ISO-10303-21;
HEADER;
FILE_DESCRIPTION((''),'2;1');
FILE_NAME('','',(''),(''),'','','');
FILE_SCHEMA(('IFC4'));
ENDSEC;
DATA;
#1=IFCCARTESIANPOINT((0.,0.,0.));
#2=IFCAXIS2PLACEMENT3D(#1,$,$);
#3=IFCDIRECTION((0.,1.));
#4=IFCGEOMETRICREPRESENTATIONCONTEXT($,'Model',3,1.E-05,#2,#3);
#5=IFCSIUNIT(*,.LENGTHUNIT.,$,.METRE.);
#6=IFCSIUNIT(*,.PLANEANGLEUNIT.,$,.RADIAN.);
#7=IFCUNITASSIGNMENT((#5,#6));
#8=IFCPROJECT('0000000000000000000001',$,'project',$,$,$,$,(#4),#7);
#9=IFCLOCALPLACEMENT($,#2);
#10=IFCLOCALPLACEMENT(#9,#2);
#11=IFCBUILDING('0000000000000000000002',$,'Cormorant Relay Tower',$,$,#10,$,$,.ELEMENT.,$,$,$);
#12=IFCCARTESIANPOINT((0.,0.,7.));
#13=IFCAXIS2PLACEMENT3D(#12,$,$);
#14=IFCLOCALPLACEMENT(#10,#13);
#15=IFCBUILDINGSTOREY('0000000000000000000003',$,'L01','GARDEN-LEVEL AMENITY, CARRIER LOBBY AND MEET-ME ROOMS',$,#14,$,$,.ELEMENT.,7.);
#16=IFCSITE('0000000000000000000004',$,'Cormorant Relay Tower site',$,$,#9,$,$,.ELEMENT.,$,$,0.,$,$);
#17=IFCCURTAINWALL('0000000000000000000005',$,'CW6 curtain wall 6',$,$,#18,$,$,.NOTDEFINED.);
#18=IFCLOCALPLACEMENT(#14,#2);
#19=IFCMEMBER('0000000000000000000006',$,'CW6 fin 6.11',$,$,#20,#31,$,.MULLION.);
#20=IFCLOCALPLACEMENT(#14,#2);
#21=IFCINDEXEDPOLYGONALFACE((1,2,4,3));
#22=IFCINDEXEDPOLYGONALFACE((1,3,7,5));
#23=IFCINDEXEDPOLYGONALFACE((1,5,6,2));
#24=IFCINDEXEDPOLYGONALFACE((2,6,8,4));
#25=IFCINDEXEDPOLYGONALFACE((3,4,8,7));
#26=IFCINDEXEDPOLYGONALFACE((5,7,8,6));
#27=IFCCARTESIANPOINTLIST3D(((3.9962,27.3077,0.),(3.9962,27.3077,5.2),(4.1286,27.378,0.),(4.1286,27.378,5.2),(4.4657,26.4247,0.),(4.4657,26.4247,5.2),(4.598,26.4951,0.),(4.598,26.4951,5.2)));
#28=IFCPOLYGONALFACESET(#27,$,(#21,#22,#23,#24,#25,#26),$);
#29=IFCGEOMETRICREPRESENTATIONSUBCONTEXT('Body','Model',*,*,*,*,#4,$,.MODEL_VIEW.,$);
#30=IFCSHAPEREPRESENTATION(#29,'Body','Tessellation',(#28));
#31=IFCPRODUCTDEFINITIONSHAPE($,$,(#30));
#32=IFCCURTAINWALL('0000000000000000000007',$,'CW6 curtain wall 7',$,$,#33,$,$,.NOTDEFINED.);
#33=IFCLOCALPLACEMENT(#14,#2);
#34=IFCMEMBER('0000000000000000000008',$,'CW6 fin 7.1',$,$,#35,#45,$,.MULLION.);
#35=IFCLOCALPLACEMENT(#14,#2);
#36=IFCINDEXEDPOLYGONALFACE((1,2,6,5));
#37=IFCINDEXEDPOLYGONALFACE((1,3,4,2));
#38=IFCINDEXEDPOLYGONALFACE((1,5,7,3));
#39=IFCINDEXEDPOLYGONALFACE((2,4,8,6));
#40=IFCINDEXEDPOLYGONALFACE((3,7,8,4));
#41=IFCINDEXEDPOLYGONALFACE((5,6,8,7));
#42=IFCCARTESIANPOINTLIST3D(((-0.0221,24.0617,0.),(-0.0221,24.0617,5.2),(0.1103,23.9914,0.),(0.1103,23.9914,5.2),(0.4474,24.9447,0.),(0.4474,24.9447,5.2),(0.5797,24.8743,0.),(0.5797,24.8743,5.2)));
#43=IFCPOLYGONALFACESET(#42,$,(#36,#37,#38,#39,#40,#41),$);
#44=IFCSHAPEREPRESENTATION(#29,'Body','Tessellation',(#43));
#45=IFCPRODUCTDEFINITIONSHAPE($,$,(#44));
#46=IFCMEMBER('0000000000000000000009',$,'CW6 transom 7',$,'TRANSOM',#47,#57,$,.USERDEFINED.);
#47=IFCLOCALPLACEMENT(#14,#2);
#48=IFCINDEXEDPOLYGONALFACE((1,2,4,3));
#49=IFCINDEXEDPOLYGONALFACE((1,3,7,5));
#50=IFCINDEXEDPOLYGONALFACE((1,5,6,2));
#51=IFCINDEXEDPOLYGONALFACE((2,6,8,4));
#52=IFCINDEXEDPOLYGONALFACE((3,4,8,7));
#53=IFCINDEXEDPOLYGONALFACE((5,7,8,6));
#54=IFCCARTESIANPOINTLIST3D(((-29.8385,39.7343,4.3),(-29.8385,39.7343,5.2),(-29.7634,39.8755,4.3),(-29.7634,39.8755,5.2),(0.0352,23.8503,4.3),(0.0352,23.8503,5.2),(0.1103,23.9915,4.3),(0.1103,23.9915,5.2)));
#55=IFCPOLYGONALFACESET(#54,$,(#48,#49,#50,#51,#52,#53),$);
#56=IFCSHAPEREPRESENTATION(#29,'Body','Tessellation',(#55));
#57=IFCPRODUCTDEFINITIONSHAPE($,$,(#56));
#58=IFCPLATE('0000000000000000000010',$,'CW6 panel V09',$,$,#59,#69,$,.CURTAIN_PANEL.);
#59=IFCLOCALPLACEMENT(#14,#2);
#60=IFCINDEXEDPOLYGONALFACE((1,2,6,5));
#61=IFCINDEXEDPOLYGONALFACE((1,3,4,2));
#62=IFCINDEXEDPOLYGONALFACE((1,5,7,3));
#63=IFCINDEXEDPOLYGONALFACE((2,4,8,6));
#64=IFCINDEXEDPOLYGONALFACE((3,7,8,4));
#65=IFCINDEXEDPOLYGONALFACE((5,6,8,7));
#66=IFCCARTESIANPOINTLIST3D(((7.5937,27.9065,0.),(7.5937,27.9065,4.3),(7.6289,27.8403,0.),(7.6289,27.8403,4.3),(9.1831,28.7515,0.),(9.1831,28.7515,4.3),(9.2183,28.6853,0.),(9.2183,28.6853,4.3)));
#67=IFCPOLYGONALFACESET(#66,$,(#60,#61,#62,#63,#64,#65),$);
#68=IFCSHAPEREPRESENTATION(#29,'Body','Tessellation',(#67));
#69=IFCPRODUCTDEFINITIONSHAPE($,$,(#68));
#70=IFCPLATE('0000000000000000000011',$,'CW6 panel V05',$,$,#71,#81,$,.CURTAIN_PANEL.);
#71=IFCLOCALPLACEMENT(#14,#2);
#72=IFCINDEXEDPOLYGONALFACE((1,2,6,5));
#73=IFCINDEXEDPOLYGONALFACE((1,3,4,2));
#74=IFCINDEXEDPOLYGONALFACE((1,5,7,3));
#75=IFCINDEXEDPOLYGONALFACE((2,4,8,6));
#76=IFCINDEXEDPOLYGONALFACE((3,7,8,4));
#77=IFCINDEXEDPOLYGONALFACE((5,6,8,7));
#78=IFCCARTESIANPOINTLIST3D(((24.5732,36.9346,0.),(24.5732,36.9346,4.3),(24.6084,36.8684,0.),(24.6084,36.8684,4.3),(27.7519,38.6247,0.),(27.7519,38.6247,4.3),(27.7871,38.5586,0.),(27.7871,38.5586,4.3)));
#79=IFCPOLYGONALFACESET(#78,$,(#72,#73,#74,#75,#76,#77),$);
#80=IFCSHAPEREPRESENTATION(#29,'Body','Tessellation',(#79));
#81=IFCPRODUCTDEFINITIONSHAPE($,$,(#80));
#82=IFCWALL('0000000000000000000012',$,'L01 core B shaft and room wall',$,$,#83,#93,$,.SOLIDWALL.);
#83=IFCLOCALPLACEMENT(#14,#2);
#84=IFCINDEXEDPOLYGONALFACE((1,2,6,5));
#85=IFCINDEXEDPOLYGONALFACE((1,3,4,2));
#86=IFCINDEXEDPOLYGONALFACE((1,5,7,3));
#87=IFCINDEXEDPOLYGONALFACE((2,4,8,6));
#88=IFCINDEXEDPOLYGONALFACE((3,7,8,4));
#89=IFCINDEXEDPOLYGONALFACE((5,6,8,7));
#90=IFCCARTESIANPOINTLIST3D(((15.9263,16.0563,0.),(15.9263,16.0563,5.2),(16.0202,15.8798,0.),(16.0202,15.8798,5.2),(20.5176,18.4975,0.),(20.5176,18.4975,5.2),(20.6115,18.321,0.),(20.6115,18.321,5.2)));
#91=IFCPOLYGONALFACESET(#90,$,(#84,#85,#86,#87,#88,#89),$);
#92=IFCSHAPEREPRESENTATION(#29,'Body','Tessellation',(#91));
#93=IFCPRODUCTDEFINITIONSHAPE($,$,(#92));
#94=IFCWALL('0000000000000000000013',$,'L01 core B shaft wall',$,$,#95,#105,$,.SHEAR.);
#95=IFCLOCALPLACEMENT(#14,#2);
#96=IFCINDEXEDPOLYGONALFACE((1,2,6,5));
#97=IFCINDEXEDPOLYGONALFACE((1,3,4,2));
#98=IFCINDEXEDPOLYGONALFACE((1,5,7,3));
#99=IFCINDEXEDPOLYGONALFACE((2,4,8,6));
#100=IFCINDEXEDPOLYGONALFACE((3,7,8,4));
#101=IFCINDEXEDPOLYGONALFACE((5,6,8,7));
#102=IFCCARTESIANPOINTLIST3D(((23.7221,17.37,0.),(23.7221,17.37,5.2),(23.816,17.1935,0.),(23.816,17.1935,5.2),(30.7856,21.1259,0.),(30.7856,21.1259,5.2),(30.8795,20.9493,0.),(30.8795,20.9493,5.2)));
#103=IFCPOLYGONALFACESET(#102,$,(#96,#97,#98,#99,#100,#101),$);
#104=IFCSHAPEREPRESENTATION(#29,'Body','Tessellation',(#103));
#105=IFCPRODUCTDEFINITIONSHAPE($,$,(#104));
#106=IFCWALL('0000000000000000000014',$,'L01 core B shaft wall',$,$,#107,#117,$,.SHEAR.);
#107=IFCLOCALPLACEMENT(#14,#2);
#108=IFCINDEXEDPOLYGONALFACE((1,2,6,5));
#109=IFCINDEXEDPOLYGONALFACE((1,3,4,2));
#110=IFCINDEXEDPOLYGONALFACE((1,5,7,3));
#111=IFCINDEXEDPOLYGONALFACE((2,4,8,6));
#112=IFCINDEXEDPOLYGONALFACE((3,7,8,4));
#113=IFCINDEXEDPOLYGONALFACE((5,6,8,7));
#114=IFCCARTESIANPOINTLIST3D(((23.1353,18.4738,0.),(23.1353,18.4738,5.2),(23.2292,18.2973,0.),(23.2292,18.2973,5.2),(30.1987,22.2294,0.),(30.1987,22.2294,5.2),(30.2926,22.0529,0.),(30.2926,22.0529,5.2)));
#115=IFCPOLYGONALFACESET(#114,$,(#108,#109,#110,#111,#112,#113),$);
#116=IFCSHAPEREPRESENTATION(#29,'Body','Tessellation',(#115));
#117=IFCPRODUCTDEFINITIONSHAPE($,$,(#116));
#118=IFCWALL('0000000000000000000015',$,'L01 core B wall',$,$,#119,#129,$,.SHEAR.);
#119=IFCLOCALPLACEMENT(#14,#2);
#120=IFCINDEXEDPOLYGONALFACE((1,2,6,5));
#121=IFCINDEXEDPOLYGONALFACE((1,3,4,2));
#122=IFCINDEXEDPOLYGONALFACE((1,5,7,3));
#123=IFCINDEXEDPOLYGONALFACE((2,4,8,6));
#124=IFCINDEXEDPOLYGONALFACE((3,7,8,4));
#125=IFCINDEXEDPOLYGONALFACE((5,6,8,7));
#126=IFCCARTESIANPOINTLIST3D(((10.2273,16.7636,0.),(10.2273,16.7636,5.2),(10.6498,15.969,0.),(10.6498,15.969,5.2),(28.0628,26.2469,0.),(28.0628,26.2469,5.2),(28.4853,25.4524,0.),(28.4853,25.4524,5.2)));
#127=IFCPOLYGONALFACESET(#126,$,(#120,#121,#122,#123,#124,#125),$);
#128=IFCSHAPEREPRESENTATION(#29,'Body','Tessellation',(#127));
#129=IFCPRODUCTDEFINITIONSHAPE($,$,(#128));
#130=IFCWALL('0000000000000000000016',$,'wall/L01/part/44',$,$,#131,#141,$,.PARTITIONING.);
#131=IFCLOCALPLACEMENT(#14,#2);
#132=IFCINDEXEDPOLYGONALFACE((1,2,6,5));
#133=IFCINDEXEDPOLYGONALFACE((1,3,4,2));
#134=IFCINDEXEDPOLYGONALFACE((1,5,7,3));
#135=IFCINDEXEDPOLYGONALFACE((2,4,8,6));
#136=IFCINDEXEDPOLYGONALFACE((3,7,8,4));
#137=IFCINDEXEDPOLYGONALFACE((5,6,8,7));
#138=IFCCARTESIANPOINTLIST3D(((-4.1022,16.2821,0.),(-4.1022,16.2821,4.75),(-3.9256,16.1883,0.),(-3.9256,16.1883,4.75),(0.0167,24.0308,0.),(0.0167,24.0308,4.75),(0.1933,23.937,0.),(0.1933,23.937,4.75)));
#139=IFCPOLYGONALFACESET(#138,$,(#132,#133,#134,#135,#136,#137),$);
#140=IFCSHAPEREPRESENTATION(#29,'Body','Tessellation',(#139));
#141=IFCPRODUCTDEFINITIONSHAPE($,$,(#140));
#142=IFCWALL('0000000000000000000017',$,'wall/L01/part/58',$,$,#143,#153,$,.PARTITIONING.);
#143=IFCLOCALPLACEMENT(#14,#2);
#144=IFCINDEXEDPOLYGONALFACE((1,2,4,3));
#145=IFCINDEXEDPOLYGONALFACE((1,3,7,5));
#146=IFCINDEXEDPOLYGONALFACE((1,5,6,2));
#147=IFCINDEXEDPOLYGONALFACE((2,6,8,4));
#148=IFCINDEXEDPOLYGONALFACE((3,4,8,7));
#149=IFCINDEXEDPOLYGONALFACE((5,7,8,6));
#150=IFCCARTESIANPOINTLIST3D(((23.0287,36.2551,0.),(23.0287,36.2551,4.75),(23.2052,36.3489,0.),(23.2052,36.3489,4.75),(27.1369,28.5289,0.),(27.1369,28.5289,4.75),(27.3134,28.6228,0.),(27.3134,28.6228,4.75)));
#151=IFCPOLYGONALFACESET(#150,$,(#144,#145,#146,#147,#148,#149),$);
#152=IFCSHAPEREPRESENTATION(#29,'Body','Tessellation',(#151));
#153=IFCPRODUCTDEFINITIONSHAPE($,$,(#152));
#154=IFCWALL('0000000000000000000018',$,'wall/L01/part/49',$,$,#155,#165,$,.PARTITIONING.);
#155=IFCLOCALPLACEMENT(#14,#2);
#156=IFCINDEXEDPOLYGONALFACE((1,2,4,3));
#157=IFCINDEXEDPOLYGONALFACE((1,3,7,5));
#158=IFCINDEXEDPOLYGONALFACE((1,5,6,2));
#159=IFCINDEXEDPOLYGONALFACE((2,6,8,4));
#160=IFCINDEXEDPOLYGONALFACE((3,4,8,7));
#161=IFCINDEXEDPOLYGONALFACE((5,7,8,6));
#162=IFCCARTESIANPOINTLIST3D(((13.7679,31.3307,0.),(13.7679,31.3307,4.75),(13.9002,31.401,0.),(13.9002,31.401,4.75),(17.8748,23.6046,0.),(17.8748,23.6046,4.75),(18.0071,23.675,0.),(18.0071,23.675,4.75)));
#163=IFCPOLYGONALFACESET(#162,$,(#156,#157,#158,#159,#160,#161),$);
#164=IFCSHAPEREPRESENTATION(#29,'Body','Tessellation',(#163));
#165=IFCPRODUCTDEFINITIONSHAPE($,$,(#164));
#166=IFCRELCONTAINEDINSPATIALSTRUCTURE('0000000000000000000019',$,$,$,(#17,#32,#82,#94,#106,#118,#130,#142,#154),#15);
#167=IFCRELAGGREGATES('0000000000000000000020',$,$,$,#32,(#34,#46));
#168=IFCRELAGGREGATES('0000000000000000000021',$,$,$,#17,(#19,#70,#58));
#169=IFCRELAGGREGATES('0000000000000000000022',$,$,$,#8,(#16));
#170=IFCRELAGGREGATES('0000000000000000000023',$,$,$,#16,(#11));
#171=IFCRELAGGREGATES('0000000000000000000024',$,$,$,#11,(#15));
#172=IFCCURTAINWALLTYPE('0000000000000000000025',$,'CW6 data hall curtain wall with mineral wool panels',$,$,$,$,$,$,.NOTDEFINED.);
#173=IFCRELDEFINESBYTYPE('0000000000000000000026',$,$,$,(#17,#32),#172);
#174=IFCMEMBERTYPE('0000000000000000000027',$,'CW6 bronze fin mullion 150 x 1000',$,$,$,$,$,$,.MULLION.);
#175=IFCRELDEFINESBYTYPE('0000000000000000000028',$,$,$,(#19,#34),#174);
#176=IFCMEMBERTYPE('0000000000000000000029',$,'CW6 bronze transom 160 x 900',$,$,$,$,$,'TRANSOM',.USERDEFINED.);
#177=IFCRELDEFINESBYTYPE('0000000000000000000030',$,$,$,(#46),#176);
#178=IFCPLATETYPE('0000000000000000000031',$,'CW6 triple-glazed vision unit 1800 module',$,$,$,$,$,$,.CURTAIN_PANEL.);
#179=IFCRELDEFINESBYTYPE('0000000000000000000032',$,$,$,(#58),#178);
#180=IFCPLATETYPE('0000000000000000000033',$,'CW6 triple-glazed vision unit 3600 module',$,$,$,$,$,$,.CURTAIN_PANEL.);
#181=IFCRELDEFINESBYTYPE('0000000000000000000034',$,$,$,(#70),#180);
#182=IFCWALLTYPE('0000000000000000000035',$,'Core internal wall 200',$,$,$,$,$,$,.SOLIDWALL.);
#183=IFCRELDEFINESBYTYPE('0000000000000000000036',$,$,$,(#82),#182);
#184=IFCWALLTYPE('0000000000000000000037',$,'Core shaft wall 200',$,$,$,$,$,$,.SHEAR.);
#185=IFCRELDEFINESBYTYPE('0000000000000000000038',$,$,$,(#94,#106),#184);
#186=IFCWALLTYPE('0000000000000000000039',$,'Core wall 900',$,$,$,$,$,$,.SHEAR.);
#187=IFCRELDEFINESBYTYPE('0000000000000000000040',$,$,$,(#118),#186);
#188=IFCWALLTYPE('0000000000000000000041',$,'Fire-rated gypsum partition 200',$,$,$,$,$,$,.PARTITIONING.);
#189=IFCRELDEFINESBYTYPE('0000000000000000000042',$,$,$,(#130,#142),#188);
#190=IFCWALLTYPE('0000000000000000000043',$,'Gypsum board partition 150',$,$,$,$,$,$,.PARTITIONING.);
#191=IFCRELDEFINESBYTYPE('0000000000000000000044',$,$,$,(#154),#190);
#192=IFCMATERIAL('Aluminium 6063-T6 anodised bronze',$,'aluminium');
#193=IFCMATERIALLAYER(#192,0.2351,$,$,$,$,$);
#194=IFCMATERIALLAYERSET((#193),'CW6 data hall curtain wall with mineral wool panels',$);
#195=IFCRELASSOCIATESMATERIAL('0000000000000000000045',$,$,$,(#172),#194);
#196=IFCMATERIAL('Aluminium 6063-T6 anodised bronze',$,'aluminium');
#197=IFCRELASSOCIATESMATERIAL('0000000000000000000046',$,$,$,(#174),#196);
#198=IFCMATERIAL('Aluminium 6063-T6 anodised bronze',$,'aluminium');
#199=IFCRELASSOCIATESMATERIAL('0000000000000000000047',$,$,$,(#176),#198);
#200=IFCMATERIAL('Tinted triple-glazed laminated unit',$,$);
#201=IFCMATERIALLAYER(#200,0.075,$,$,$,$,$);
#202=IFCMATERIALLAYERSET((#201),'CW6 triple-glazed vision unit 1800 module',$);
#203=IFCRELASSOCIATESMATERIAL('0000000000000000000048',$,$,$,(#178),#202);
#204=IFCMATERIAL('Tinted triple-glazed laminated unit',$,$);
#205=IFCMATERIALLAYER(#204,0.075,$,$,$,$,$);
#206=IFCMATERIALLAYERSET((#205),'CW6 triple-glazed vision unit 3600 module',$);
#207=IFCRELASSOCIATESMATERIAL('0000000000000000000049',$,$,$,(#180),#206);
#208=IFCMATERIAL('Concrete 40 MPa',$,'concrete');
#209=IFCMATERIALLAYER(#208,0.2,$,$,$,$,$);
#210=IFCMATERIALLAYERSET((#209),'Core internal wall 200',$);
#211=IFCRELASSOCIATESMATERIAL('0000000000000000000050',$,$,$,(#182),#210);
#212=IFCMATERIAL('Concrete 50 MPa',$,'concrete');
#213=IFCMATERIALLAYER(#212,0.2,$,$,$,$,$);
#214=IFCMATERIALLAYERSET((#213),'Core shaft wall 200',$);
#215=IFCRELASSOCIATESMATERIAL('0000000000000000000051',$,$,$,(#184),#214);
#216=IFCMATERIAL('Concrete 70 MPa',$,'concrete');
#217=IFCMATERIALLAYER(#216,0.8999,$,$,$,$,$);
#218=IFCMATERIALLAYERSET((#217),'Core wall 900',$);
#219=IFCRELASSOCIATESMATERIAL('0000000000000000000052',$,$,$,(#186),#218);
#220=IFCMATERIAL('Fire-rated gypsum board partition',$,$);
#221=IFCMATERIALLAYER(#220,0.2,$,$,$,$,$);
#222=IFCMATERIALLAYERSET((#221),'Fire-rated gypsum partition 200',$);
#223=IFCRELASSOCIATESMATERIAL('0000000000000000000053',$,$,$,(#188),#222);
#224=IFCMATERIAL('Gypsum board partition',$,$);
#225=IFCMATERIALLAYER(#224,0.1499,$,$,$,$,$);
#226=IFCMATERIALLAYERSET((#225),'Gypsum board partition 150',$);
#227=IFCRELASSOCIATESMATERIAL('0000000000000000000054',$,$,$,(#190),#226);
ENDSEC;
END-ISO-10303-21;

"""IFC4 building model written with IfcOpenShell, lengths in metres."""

from ifc_helpers import new_model, si_unit, direction, frame, frame_2d, origin, origin_2d, place, context, subcontext, project, spatial, rectangle, extrude, material, layer, layer_set, material_profile, profile_set, type_object, element, aggregate, save


model = new_model("IFC4")

# Units and contexts
model_context = context("Model", 3, precision=1e-05, world=origin(), true_north=direction((0.0, 1.0)))
body_context = subcontext(model_context, "Body", "Model", "MODEL_VIEW")
ifc_project = project(units=[si_unit("LENGTHUNIT", "METRE"), si_unit("PLANEANGLEUNIT", "RADIAN")], contexts=[model_context])

# Site, building, storey
site_placement = place(None, origin())
site = spatial("IfcSite", under=ifc_project, at=site_placement, Name="Cormorant Relay Tower site", CompositionType="ELEMENT", RefElevation=0.0)
building_placement = place(site_placement, origin())
building = spatial("IfcBuilding", under=site, at=building_placement, Name="Cormorant Relay Tower", CompositionType="ELEMENT")
storey_placement = place(building_placement, frame((0.0, 0.0, 7.0)))
storey = spatial("IfcBuildingStorey", under=building, at=storey_placement, Name="L01", Description="GARDEN-LEVEL AMENITY, CARRIER LOBBY AND MEET-ME ROOMS", CompositionType="ELEMENT", Elevation=7.0)

# Curtain walls, members
ifc_material_1 = material(Name="Aluminium 6063-T6 anodised bronze", Category="aluminium")
ifc_layer_1 = layer(ifc_material_1, 0.2351)
ifc_layer_set_1 = layer_set([ifc_layer_1], Name="CW6 data hall curtain wall with mineral wool panels")
curtain_wall_type = type_object("IfcCurtainWallType", Name="CW6 data hall curtain wall with mineral wool panels", PredefinedType="NOTDEFINED", material=ifc_layer_set_1)
curtain_wall_1_placement = place(storey_placement, origin())
curtain_wall_1 = element("IfcCurtainWall", 1, at=curtain_wall_1_placement, inside=storey, type_object=curtain_wall_type, Name="CW6 curtain wall 6", PredefinedType="NOTDEFINED")
ifc_material_2 = material(Name="Aluminium 6063-T6 anodised bronze", Category="aluminium")
ifc_material_profile_1 = material_profile(ifc_material_2, rectangle(XDim=0.1499, YDim=1.0, at=origin_2d()), Name="AL 150x1000")
ifc_profile_set_1 = profile_set([ifc_material_profile_1], Name="Aluminium 6063-T6 anodised bronze")
member_type_1 = type_object("IfcMemberType", Name="CW6 bronze fin mullion 150 x 1000", PredefinedType="MULLION", material=ifc_profile_set_1)
member_1_placement = place(storey_placement, frame((4.2971, 26.9014, 0.0), z_axis=(0.0, 0.0, 1.0), x_axis=(-0.882948, -0.469472, 0.0)))
member_1 = element("IfcMember", 2, at=member_1_placement, type_object=member_type_1, Name="CW6 fin 6.11", PredefinedType="MULLION", context=body_context, shape_type="SweptSolid", body=[
    extrude(rectangle(XDim=0.1499, YDim=1.0, at=origin_2d()), origin(), (0.0, 0.0, 1.0), 5.2),
])
curtain_wall_2_placement = place(storey_placement, origin())
curtain_wall_2 = element("IfcCurtainWall", 3, at=curtain_wall_2_placement, inside=storey, type_object=curtain_wall_type, Name="CW6 curtain wall 7", PredefinedType="NOTDEFINED")
member_2_placement = place(storey_placement, frame((0.2788, 24.468, 0.0), z_axis=(0.0, 0.0, 1.0), x_axis=(-0.882948, 0.469472, 0.0)))
member_2 = element("IfcMember", 4, at=member_2_placement, type_object=member_type_1, Name="CW6 fin 7.1", PredefinedType="MULLION", context=body_context, shape_type="SweptSolid", body=[
    extrude(rectangle(XDim=0.1499, YDim=1.0, at=origin_2d()), origin(), (0.0, 0.0, 1.0), 5.2),
])
ifc_material_3 = material(Name="Aluminium 6063-T6 anodised bronze", Category="aluminium")
ifc_material_profile_2 = material_profile(ifc_material_3, rectangle(XDim=0.1599, YDim=0.8999, at=origin_2d()), Name="AL 160x900")
ifc_profile_set_2 = profile_set([ifc_material_profile_2], Name="Aluminium 6063-T6 anodised bronze")
member_type_2 = type_object("IfcMemberType", Name="CW6 bronze transom 160 x 900", ElementType="TRANSOM", PredefinedType="USERDEFINED", material=ifc_profile_set_2)
member_3_placement = place(storey_placement, frame((0.0728, 23.9209, 4.75), z_axis=(-0.882949, 0.469468, 0.0), x_axis=(-0.469468, -0.882949, 0.0)))
member_3 = element("IfcMember", 5, at=member_3_placement, type_object=member_type_2, Name="CW6 transom 7", ObjectType="TRANSOM", PredefinedType="USERDEFINED", context=body_context, shape_type="SweptSolid", body=[
    extrude(rectangle(XDim=0.1599, YDim=0.8999, at=origin_2d()), origin(), (0.0, 0.0, 1.0), 33.834),
])
aggregate(curtain_wall_2, [member_2, member_3])

# Plates
ifc_material_4 = material(Name="Tinted triple-glazed laminated unit")
ifc_layer_2 = layer(ifc_material_4, 0.075)
ifc_layer_set_2 = layer_set([ifc_layer_2], Name="CW6 triple-glazed vision unit 1800 module")
plate_type_1 = type_object("IfcPlateType", Name="CW6 triple-glazed vision unit 1800 module", PredefinedType="CURTAIN_PANEL", material=ifc_layer_set_2)
plate_1_placement = place(storey_placement, frame((8.406, 28.2959, 0.0), z_axis=(0.0, 0.0, 1.0), x_axis=(-0.882948, -0.469472, 0.0)))
plate_1 = element("IfcPlate", 6, at=plate_1_placement, type_object=plate_type_1, Name="CW6 panel V09", PredefinedType="CURTAIN_PANEL", context=body_context, shape_type="SweptSolid", body=[
    extrude(rectangle(XDim=1.8, YDim=0.075, at=origin_2d()), origin(), (0.0, 0.0, 1.0), 4.3),
])
ifc_material_5 = material(Name="Tinted triple-glazed laminated unit")
ifc_layer_3 = layer(ifc_material_5, 0.075)
ifc_layer_set_3 = layer_set([ifc_layer_3], Name="CW6 triple-glazed vision unit 3600 module")
plate_type_2 = type_object("IfcPlateType", Name="CW6 triple-glazed vision unit 3600 module", PredefinedType="CURTAIN_PANEL", material=ifc_layer_set_3)
plate_2_placement = place(storey_placement, frame((26.1802, 37.7466, 0.0), z_axis=(0.0, 0.0, 1.0), x_axis=(-0.882948, -0.469472, 0.0)))
plate_2 = element("IfcPlate", 7, at=plate_2_placement, type_object=plate_type_2, Name="CW6 panel V05", PredefinedType="CURTAIN_PANEL", context=body_context, shape_type="SweptSolid", body=[
    extrude(rectangle(XDim=3.6001, YDim=0.075, at=origin_2d()), origin(), (0.0, 0.0, 1.0), 4.3),
])

# Walls
ifc_material_6 = material(Name="Concrete 40 MPa", Category="concrete")
ifc_layer_4 = layer(ifc_material_6, 0.2)
ifc_layer_set_4 = layer_set([ifc_layer_4], Name="Core internal wall 200")
wall_type_1 = type_object("IfcWallType", Name="Core internal wall 200", PredefinedType="SOLIDWALL", material=ifc_layer_set_4)
wall_1_placement = place(storey_placement, frame((15.9731, 15.968, 0.0), z_axis=(0.0, 0.0, 1.0), x_axis=(0.882954, 0.46946, 0.0)))
element("IfcWall", 8, at=wall_1_placement, inside=storey, type_object=wall_type_1, Name="L01 core B shaft and room wall", PredefinedType="SOLIDWALL", context=body_context, shape_type="SweptSolid", body=[
    extrude(rectangle(XDim=5.2, YDim=0.2, at=frame_2d((2.6001, 0.0))), origin(), (0.0, 0.0, 1.0), 5.2),
])
ifc_material_7 = material(Name="Concrete 50 MPa", Category="concrete")
ifc_layer_5 = layer(ifc_material_7, 0.2)
ifc_layer_set_5 = layer_set([ifc_layer_5], Name="Core shaft wall 200")
wall_type_2 = type_object("IfcWallType", Name="Core shaft wall 200", PredefinedType="SHEAR", material=ifc_layer_set_5)
wall_2_placement = place(storey_placement, frame((23.769, 17.2817, 0.0), z_axis=(0.0, 0.0, 1.0), x_axis=(0.88294, 0.469485, 0.0)))
element("IfcWall", 9, at=wall_2_placement, inside=storey, type_object=wall_type_2, Name="L01 core B shaft wall", PredefinedType="SHEAR", context=body_context, shape_type="SweptSolid", body=[
    extrude(rectangle(XDim=8.0, YDim=0.2, at=frame_2d((4.0, 0.0))), origin(), (0.0, 0.0, 1.0), 5.2),
])
wall_3_placement = place(storey_placement, frame((23.1821, 18.3855, 0.0), z_axis=(0.0, 0.0, 1.0), x_axis=(0.882953, 0.469462, 0.0)))
element("IfcWall", 10, at=wall_3_placement, inside=storey, type_object=wall_type_2, Name="L01 core B shaft wall", PredefinedType="SHEAR", context=body_context, shape_type="SweptSolid", body=[
    extrude(rectangle(XDim=7.9998, YDim=0.2, at=frame_2d((4.0, 0.0))), origin(), (0.0, 0.0, 1.0), 5.2),
])
ifc_material_8 = material(Name="Concrete 70 MPa", Category="concrete")
ifc_layer_6 = layer(ifc_material_8, 0.8999)
ifc_layer_set_6 = layer_set([ifc_layer_6], Name="Core wall 900")
wall_type_3 = type_object("IfcWallType", Name="Core wall 900", PredefinedType="SHEAR", material=ifc_layer_set_6)
wall_4_placement = place(storey_placement, frame((10.4385, 16.3662, 0.0), z_axis=(0.0, 0.0, 1.0), x_axis=(0.882945, 0.469476, 0.0)))
element("IfcWall", 11, at=wall_4_placement, inside=storey, type_object=wall_type_3, Name="L01 core B wall", PredefinedType="SHEAR", context=body_context, shape_type="SweptSolid", body=[
    extrude(rectangle(XDim=20.2, YDim=0.8999, at=frame_2d((10.1001, 0.0))), origin(), (0.0, 0.0, 1.0), 5.2),
])
ifc_material_9 = material(Name="Fire-rated gypsum board partition")
ifc_layer_7 = layer(ifc_material_9, 0.2)
ifc_layer_set_7 = layer_set([ifc_layer_7], Name="Fire-rated gypsum partition 200")
wall_type_4 = type_object("IfcWallType", Name="Fire-rated gypsum partition 200", PredefinedType="PARTITIONING", material=ifc_layer_set_7)
wall_5_placement = place(storey_placement, frame((0.105, 23.9839, 0.0), z_axis=(0.0, 0.0, 1.0), x_axis=(-0.469365, -0.883004, 0.0)))
element("IfcWall", 12, at=wall_5_placement, inside=storey, type_object=wall_type_4, Name="wall/L01/part/44", PredefinedType="PARTITIONING", context=body_context, shape_type="SweptSolid", body=[
    extrude(rectangle(XDim=8.7754, YDim=0.2, at=frame_2d((4.3877, 0.0))), origin(), (0.0, 0.0, 1.0), 4.75),
])
wall_6_placement = place(storey_placement, frame((23.1169, 36.302, 0.0), z_axis=(0.0, 0.0, 1.0), x_axis=(0.469483, -0.882942, 0.0)))
element("IfcWall", 13, at=wall_6_placement, inside=storey, type_object=wall_type_4, Name="wall/L01/part/58", PredefinedType="PARTITIONING", context=body_context, shape_type="SweptSolid", body=[
    extrude(rectangle(XDim=8.7505, YDim=0.2, at=frame_2d((4.3752, 0.0))), origin(), (0.0, 0.0, 1.0), 4.75),
])

# Wall
ifc_material_10 = material(Name="Gypsum board partition")
ifc_layer_8 = layer(ifc_material_10, 0.1499)
ifc_layer_set_8 = layer_set([ifc_layer_8], Name="Gypsum board partition 150")
wall_type_5 = type_object("IfcWallType", Name="Gypsum board partition 150", PredefinedType="PARTITIONING", material=ifc_layer_set_8)
wall_7_placement = place(storey_placement, frame((13.834, 31.366, 0.0), z_axis=(0.0, 0.0, 1.0), x_axis=(0.469374, -0.882999, 0.0)))
element("IfcWall", 14, at=wall_7_placement, inside=storey, type_object=wall_type_5, Name="wall/L01/part/49", PredefinedType="PARTITIONING", context=body_context, shape_type="SweptSolid", body=[
    extrude(rectangle(XDim=8.7498, YDim=0.1499, at=frame_2d((4.375, 0.0))), origin(), (0.0, 0.0, 1.0), 4.75),
])

aggregate(curtain_wall_1, [member_1, plate_2, plate_1])

save(model, "model.ifc")
